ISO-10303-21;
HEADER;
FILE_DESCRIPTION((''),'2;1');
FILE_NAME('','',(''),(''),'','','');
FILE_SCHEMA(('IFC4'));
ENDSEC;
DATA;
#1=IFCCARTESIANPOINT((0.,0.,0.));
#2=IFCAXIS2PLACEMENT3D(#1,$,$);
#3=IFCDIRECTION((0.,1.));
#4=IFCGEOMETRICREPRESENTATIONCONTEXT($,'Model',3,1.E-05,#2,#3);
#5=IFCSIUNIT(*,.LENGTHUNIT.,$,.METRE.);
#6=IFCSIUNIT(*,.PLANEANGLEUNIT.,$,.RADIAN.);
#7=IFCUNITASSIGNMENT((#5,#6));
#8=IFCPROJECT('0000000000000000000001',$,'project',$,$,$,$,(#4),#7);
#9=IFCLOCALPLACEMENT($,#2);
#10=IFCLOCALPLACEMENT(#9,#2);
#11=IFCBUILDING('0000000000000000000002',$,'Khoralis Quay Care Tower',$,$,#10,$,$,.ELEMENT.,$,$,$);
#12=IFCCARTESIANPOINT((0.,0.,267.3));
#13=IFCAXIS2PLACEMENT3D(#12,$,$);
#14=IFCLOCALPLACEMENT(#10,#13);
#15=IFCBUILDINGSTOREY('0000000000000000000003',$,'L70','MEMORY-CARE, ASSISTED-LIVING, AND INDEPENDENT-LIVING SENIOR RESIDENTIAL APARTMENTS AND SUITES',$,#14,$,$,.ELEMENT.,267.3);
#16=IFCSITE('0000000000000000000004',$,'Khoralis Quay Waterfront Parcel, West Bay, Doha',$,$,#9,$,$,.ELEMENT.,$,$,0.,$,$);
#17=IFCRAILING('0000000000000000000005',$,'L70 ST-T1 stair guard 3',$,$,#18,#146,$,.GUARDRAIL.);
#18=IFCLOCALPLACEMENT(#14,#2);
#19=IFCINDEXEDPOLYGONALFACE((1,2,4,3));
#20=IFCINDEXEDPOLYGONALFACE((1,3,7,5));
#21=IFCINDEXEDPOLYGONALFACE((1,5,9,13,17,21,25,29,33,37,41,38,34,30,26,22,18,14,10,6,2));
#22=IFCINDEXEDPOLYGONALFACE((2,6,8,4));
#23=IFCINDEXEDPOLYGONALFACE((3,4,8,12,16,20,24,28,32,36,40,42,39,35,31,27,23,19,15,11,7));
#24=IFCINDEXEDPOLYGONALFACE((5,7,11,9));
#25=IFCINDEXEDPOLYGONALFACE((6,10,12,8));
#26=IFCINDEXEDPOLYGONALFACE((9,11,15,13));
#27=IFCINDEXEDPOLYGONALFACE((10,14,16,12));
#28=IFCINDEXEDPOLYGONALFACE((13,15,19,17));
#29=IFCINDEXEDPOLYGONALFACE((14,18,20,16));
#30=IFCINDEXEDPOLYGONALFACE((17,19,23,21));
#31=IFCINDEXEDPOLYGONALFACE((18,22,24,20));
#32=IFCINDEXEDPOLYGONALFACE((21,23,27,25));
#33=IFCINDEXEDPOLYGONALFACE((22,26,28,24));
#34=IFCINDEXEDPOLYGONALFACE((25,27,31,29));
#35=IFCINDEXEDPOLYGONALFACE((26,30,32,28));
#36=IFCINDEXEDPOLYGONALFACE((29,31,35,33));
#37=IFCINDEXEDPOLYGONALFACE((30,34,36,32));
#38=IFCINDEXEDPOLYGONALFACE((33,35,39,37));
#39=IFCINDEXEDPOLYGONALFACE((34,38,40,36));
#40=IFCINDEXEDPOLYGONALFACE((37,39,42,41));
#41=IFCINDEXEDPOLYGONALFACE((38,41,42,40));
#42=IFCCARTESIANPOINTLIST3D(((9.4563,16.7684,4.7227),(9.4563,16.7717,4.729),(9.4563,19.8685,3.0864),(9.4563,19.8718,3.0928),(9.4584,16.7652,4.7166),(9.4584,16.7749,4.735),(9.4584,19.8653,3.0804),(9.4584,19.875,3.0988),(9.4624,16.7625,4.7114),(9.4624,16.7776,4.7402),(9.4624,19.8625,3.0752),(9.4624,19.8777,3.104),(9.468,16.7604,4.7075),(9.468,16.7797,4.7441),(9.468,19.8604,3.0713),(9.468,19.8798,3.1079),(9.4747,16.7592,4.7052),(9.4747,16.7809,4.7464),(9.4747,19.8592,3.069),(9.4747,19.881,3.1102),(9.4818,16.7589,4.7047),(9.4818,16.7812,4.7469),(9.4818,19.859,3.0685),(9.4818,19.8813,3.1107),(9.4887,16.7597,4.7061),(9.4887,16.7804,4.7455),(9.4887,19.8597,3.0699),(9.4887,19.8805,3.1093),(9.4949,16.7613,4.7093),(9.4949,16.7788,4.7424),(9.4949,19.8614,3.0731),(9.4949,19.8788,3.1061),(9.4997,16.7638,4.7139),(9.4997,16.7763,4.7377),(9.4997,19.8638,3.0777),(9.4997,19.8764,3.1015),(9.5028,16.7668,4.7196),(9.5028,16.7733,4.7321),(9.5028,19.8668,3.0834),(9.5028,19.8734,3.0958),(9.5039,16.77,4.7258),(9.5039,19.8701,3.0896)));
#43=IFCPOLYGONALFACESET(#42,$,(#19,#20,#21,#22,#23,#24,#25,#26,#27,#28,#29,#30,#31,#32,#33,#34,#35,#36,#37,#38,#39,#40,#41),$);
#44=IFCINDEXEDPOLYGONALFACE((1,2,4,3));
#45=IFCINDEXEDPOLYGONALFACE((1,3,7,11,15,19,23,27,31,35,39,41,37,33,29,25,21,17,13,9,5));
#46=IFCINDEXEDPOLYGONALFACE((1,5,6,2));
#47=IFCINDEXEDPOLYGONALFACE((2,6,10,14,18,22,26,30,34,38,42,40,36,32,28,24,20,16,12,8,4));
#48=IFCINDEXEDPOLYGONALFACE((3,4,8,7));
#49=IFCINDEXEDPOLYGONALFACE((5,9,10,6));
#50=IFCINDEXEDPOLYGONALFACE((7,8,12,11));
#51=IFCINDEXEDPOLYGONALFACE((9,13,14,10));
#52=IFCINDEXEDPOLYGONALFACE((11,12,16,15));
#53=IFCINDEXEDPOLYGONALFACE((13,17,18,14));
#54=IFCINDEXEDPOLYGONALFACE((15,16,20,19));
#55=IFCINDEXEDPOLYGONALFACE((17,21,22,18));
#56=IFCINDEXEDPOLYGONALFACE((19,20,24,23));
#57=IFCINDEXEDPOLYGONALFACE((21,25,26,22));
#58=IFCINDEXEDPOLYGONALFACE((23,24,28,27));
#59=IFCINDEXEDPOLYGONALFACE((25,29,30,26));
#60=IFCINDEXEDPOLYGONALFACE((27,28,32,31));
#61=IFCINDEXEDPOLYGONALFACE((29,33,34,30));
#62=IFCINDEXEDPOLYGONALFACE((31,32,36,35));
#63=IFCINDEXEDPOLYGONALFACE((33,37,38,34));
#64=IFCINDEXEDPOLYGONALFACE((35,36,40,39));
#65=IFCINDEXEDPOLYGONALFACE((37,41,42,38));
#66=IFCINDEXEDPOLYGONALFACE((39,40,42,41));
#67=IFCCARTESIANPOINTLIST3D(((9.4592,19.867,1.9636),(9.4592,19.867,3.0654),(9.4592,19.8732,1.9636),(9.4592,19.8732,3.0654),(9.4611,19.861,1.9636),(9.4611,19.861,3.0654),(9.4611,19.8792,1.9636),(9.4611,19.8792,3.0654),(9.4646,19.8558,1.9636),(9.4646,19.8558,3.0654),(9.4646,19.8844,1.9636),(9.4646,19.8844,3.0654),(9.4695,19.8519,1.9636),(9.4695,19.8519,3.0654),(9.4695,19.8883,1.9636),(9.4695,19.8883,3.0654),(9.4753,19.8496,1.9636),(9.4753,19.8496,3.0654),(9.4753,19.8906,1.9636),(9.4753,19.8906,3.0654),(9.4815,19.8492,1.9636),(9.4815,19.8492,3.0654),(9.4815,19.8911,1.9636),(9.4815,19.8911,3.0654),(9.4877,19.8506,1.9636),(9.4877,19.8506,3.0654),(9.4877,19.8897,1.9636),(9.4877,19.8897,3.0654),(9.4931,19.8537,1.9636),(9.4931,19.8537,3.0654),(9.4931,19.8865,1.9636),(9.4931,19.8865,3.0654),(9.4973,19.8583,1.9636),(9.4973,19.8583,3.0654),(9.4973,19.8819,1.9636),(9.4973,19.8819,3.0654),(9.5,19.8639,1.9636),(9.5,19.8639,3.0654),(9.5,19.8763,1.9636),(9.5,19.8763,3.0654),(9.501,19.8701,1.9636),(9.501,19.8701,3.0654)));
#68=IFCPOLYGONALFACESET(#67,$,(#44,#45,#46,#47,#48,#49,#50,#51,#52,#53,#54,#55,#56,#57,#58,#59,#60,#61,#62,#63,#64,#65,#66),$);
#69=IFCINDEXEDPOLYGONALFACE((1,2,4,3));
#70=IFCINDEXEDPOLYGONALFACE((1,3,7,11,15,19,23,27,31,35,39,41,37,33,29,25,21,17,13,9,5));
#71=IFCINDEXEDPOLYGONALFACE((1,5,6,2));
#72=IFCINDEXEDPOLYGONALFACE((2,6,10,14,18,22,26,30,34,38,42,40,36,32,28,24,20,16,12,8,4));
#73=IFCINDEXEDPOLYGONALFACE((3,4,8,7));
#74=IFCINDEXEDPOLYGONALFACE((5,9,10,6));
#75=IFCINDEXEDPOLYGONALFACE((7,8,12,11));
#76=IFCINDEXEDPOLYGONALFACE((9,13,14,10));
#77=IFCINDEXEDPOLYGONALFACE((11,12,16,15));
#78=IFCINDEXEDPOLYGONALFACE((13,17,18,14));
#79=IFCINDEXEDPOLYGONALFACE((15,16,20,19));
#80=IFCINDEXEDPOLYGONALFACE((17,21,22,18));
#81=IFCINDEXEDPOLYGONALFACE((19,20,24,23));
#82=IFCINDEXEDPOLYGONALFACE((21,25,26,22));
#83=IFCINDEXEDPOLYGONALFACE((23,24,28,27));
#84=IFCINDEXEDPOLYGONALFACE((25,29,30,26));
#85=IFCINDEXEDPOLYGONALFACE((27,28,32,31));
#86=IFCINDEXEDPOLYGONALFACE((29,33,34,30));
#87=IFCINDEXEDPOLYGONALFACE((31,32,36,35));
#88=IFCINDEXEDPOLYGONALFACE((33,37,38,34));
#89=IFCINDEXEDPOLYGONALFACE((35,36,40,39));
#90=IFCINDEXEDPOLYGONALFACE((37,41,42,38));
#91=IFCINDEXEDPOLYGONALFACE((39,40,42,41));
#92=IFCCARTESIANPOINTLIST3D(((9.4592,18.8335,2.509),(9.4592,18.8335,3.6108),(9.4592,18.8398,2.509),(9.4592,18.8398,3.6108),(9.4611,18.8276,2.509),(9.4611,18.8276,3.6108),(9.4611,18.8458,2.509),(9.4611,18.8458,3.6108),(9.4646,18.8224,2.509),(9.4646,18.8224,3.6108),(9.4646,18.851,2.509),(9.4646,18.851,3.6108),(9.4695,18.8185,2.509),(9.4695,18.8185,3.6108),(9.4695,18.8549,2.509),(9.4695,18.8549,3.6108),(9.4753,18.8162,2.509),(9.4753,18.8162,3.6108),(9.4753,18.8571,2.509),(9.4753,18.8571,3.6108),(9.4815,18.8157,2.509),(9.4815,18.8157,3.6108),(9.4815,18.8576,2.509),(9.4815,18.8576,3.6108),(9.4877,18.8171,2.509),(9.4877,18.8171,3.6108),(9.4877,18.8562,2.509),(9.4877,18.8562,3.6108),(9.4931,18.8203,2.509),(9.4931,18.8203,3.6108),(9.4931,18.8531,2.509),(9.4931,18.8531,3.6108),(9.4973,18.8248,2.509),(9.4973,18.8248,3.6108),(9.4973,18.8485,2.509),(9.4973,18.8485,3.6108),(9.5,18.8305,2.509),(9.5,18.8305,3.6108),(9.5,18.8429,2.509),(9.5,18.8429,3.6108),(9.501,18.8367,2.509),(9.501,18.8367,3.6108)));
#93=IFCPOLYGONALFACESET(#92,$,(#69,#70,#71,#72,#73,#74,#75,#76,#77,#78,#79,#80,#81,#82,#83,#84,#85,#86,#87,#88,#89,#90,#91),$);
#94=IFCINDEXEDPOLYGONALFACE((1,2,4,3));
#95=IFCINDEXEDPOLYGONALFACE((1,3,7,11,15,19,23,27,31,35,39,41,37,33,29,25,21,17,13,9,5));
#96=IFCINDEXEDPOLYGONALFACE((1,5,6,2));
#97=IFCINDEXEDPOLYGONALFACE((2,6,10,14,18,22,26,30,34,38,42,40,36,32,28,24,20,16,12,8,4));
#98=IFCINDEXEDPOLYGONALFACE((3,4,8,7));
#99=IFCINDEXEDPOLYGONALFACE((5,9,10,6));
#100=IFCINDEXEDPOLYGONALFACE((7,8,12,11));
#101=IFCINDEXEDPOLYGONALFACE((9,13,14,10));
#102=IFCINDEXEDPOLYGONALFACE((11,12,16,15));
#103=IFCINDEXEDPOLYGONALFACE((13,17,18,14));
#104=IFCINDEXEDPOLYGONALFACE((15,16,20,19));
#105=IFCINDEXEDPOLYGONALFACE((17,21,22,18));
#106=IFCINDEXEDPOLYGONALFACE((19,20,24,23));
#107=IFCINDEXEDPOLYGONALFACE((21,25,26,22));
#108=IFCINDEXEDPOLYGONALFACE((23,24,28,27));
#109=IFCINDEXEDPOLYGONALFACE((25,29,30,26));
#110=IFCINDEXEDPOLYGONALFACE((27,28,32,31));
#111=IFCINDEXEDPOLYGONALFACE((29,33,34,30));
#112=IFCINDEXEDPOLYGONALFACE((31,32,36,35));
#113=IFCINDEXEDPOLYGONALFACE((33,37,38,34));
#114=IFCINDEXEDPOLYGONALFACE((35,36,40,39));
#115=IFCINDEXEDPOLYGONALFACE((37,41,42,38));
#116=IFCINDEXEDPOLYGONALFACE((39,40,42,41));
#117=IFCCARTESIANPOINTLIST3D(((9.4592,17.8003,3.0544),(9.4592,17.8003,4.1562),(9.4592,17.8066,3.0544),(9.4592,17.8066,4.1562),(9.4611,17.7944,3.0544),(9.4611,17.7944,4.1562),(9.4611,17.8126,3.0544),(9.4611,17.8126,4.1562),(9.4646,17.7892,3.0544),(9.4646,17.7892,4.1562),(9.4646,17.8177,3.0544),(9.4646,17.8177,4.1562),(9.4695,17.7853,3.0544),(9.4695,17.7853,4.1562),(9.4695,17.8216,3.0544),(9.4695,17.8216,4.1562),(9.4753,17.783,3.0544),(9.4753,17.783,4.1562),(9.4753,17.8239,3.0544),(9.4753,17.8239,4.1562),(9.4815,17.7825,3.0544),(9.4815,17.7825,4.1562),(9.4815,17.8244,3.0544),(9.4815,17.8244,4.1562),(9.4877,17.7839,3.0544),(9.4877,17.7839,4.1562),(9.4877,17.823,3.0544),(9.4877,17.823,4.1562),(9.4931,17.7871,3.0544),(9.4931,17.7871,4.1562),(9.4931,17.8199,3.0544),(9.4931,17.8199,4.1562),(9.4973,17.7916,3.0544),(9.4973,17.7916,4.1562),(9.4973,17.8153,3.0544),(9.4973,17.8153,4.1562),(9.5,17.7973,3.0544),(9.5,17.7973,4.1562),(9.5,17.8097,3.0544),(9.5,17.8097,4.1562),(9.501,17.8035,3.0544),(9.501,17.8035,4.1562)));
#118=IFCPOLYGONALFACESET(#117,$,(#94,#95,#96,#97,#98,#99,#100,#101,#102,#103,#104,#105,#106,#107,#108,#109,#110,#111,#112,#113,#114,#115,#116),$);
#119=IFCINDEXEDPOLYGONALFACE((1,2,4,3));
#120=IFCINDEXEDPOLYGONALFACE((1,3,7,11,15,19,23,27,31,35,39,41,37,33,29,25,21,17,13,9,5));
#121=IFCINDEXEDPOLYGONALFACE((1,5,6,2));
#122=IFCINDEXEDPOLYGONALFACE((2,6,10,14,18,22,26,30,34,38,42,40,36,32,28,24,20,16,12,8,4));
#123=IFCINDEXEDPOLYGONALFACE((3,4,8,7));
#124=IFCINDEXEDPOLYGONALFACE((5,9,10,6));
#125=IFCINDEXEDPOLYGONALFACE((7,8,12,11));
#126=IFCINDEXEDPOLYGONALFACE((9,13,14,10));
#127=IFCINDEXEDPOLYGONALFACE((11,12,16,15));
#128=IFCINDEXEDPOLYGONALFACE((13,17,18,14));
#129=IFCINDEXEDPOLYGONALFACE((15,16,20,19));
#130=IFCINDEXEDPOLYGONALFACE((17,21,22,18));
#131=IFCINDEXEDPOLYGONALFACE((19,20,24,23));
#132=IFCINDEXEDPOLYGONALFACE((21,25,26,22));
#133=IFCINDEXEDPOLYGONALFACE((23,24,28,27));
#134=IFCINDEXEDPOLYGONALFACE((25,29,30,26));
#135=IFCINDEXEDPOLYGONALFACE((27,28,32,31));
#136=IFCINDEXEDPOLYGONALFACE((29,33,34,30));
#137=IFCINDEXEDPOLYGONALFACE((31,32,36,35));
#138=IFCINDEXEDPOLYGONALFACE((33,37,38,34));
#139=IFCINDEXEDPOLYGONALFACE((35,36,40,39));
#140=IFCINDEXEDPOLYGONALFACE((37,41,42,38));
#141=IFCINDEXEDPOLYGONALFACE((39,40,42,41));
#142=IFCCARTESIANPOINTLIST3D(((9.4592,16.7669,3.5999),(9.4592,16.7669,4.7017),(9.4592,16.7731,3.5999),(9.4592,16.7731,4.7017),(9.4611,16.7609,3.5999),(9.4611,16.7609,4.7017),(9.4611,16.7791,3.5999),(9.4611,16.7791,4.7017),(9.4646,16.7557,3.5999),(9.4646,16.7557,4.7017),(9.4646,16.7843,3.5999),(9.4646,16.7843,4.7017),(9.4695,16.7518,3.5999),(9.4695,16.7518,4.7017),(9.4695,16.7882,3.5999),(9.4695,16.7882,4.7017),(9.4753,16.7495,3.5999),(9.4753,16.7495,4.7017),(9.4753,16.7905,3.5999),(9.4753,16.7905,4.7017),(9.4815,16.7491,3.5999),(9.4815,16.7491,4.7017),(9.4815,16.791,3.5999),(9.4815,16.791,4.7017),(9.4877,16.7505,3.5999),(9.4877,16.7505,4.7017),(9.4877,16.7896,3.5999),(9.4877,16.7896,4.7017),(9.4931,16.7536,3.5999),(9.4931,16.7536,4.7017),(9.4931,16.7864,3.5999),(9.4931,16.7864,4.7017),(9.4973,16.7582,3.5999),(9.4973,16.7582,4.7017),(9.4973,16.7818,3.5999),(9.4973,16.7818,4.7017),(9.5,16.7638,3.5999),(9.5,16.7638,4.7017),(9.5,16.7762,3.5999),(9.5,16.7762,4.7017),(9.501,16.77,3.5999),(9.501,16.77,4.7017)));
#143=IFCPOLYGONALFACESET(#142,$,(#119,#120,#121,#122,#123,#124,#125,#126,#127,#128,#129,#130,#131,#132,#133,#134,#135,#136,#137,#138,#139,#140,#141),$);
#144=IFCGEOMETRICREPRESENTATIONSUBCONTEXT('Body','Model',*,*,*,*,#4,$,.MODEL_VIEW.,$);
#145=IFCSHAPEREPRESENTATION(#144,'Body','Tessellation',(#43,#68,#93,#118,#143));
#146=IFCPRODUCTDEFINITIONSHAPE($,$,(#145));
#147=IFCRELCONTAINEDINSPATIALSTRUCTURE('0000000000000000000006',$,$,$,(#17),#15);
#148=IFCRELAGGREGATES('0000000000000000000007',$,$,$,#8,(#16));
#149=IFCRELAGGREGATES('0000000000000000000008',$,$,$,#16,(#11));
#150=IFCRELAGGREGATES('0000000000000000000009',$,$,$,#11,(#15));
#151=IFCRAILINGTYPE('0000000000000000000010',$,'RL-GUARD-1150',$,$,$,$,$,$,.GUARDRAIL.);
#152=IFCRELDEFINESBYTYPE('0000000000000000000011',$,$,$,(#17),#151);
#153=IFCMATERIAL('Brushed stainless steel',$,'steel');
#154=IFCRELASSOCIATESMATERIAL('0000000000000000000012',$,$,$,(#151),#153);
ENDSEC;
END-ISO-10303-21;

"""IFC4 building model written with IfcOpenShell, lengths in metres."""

from ifc_helpers import new_model, si_unit, direction, frame, origin, origin_2d, place, context, subcontext, project, spatial, circle, extrude, material, type_object, element, save


model = new_model("IFC4")

# Units and contexts
model_context = context("Model", 3, precision=1e-05, world=origin(), true_north=direction((0.0, 1.0)))
body_context = subcontext(model_context, "Body", "Model", "MODEL_VIEW")
ifc_project = project(units=[si_unit("LENGTHUNIT", "METRE"), si_unit("PLANEANGLEUNIT", "RADIAN")], contexts=[model_context])

# Site, building, storey
site_placement = place(None, origin())
site = spatial("IfcSite", under=ifc_project, at=site_placement, Name="Khoralis Quay Waterfront Parcel, West Bay, Doha", CompositionType="ELEMENT", RefElevation=0.0)
building_placement = place(site_placement, origin())
building = spatial("IfcBuilding", under=site, at=building_placement, Name="Khoralis Quay Care Tower", CompositionType="ELEMENT")
storey_placement = place(building_placement, frame((0.0, 0.0, 267.3)))
storey = spatial("IfcBuildingStorey", under=building, at=storey_placement, Name="L70", Description="MEMORY-CARE, ASSISTED-LIVING, AND INDEPENDENT-LIVING SENIOR RESIDENTIAL APARTMENTS AND SUITES", CompositionType="ELEMENT", Elevation=267.3)

# Railing
ifc_material_1 = material(Name="Brushed stainless steel", Category="steel")
railing_type_1 = type_object("IfcRailingType", Name="RL-GUARD-1150", PredefinedType="GUARDRAIL", material=ifc_material_1)
railing_1_placement = place(storey_placement, frame((9.48, 19.8701, 1.9636)))
element("IfcRailing", 1, at=railing_1_placement, inside=storey, type_object=railing_type_1, Name="L70 ST-T1 stair guard 3", PredefinedType="GUARDRAIL", context=body_context, shape_type="SweptSolid", body=[
    extrude(circle(Radius=0.0239, at=origin_2d()), frame((0.0, 0.0, 1.126), z_axis=(0.0, -0.884377, 0.466774), x_axis=(1.0, 0.0, 0.0)), (0.0, 0.0, 1.0), 3.5054),
    extrude(circle(Radius=0.021, at=origin_2d()), origin(), (0.0, 0.0, 1.0), 1.1018),
    extrude(circle(Radius=0.021, at=origin_2d()), frame((0.0, -1.0334, 0.5454)), (0.0, 0.0, 1.0), 1.1018),
    extrude(circle(Radius=0.021, at=origin_2d()), frame((0.0, -2.0667, 1.0908)), (0.0, 0.0, 1.0), 1.1018),
    extrude(circle(Radius=0.021, at=origin_2d()), frame((0.0, -3.1001, 1.6362)), (0.0, 0.0, 1.0), 1.1018),
])

save(model, "model.ifc")
